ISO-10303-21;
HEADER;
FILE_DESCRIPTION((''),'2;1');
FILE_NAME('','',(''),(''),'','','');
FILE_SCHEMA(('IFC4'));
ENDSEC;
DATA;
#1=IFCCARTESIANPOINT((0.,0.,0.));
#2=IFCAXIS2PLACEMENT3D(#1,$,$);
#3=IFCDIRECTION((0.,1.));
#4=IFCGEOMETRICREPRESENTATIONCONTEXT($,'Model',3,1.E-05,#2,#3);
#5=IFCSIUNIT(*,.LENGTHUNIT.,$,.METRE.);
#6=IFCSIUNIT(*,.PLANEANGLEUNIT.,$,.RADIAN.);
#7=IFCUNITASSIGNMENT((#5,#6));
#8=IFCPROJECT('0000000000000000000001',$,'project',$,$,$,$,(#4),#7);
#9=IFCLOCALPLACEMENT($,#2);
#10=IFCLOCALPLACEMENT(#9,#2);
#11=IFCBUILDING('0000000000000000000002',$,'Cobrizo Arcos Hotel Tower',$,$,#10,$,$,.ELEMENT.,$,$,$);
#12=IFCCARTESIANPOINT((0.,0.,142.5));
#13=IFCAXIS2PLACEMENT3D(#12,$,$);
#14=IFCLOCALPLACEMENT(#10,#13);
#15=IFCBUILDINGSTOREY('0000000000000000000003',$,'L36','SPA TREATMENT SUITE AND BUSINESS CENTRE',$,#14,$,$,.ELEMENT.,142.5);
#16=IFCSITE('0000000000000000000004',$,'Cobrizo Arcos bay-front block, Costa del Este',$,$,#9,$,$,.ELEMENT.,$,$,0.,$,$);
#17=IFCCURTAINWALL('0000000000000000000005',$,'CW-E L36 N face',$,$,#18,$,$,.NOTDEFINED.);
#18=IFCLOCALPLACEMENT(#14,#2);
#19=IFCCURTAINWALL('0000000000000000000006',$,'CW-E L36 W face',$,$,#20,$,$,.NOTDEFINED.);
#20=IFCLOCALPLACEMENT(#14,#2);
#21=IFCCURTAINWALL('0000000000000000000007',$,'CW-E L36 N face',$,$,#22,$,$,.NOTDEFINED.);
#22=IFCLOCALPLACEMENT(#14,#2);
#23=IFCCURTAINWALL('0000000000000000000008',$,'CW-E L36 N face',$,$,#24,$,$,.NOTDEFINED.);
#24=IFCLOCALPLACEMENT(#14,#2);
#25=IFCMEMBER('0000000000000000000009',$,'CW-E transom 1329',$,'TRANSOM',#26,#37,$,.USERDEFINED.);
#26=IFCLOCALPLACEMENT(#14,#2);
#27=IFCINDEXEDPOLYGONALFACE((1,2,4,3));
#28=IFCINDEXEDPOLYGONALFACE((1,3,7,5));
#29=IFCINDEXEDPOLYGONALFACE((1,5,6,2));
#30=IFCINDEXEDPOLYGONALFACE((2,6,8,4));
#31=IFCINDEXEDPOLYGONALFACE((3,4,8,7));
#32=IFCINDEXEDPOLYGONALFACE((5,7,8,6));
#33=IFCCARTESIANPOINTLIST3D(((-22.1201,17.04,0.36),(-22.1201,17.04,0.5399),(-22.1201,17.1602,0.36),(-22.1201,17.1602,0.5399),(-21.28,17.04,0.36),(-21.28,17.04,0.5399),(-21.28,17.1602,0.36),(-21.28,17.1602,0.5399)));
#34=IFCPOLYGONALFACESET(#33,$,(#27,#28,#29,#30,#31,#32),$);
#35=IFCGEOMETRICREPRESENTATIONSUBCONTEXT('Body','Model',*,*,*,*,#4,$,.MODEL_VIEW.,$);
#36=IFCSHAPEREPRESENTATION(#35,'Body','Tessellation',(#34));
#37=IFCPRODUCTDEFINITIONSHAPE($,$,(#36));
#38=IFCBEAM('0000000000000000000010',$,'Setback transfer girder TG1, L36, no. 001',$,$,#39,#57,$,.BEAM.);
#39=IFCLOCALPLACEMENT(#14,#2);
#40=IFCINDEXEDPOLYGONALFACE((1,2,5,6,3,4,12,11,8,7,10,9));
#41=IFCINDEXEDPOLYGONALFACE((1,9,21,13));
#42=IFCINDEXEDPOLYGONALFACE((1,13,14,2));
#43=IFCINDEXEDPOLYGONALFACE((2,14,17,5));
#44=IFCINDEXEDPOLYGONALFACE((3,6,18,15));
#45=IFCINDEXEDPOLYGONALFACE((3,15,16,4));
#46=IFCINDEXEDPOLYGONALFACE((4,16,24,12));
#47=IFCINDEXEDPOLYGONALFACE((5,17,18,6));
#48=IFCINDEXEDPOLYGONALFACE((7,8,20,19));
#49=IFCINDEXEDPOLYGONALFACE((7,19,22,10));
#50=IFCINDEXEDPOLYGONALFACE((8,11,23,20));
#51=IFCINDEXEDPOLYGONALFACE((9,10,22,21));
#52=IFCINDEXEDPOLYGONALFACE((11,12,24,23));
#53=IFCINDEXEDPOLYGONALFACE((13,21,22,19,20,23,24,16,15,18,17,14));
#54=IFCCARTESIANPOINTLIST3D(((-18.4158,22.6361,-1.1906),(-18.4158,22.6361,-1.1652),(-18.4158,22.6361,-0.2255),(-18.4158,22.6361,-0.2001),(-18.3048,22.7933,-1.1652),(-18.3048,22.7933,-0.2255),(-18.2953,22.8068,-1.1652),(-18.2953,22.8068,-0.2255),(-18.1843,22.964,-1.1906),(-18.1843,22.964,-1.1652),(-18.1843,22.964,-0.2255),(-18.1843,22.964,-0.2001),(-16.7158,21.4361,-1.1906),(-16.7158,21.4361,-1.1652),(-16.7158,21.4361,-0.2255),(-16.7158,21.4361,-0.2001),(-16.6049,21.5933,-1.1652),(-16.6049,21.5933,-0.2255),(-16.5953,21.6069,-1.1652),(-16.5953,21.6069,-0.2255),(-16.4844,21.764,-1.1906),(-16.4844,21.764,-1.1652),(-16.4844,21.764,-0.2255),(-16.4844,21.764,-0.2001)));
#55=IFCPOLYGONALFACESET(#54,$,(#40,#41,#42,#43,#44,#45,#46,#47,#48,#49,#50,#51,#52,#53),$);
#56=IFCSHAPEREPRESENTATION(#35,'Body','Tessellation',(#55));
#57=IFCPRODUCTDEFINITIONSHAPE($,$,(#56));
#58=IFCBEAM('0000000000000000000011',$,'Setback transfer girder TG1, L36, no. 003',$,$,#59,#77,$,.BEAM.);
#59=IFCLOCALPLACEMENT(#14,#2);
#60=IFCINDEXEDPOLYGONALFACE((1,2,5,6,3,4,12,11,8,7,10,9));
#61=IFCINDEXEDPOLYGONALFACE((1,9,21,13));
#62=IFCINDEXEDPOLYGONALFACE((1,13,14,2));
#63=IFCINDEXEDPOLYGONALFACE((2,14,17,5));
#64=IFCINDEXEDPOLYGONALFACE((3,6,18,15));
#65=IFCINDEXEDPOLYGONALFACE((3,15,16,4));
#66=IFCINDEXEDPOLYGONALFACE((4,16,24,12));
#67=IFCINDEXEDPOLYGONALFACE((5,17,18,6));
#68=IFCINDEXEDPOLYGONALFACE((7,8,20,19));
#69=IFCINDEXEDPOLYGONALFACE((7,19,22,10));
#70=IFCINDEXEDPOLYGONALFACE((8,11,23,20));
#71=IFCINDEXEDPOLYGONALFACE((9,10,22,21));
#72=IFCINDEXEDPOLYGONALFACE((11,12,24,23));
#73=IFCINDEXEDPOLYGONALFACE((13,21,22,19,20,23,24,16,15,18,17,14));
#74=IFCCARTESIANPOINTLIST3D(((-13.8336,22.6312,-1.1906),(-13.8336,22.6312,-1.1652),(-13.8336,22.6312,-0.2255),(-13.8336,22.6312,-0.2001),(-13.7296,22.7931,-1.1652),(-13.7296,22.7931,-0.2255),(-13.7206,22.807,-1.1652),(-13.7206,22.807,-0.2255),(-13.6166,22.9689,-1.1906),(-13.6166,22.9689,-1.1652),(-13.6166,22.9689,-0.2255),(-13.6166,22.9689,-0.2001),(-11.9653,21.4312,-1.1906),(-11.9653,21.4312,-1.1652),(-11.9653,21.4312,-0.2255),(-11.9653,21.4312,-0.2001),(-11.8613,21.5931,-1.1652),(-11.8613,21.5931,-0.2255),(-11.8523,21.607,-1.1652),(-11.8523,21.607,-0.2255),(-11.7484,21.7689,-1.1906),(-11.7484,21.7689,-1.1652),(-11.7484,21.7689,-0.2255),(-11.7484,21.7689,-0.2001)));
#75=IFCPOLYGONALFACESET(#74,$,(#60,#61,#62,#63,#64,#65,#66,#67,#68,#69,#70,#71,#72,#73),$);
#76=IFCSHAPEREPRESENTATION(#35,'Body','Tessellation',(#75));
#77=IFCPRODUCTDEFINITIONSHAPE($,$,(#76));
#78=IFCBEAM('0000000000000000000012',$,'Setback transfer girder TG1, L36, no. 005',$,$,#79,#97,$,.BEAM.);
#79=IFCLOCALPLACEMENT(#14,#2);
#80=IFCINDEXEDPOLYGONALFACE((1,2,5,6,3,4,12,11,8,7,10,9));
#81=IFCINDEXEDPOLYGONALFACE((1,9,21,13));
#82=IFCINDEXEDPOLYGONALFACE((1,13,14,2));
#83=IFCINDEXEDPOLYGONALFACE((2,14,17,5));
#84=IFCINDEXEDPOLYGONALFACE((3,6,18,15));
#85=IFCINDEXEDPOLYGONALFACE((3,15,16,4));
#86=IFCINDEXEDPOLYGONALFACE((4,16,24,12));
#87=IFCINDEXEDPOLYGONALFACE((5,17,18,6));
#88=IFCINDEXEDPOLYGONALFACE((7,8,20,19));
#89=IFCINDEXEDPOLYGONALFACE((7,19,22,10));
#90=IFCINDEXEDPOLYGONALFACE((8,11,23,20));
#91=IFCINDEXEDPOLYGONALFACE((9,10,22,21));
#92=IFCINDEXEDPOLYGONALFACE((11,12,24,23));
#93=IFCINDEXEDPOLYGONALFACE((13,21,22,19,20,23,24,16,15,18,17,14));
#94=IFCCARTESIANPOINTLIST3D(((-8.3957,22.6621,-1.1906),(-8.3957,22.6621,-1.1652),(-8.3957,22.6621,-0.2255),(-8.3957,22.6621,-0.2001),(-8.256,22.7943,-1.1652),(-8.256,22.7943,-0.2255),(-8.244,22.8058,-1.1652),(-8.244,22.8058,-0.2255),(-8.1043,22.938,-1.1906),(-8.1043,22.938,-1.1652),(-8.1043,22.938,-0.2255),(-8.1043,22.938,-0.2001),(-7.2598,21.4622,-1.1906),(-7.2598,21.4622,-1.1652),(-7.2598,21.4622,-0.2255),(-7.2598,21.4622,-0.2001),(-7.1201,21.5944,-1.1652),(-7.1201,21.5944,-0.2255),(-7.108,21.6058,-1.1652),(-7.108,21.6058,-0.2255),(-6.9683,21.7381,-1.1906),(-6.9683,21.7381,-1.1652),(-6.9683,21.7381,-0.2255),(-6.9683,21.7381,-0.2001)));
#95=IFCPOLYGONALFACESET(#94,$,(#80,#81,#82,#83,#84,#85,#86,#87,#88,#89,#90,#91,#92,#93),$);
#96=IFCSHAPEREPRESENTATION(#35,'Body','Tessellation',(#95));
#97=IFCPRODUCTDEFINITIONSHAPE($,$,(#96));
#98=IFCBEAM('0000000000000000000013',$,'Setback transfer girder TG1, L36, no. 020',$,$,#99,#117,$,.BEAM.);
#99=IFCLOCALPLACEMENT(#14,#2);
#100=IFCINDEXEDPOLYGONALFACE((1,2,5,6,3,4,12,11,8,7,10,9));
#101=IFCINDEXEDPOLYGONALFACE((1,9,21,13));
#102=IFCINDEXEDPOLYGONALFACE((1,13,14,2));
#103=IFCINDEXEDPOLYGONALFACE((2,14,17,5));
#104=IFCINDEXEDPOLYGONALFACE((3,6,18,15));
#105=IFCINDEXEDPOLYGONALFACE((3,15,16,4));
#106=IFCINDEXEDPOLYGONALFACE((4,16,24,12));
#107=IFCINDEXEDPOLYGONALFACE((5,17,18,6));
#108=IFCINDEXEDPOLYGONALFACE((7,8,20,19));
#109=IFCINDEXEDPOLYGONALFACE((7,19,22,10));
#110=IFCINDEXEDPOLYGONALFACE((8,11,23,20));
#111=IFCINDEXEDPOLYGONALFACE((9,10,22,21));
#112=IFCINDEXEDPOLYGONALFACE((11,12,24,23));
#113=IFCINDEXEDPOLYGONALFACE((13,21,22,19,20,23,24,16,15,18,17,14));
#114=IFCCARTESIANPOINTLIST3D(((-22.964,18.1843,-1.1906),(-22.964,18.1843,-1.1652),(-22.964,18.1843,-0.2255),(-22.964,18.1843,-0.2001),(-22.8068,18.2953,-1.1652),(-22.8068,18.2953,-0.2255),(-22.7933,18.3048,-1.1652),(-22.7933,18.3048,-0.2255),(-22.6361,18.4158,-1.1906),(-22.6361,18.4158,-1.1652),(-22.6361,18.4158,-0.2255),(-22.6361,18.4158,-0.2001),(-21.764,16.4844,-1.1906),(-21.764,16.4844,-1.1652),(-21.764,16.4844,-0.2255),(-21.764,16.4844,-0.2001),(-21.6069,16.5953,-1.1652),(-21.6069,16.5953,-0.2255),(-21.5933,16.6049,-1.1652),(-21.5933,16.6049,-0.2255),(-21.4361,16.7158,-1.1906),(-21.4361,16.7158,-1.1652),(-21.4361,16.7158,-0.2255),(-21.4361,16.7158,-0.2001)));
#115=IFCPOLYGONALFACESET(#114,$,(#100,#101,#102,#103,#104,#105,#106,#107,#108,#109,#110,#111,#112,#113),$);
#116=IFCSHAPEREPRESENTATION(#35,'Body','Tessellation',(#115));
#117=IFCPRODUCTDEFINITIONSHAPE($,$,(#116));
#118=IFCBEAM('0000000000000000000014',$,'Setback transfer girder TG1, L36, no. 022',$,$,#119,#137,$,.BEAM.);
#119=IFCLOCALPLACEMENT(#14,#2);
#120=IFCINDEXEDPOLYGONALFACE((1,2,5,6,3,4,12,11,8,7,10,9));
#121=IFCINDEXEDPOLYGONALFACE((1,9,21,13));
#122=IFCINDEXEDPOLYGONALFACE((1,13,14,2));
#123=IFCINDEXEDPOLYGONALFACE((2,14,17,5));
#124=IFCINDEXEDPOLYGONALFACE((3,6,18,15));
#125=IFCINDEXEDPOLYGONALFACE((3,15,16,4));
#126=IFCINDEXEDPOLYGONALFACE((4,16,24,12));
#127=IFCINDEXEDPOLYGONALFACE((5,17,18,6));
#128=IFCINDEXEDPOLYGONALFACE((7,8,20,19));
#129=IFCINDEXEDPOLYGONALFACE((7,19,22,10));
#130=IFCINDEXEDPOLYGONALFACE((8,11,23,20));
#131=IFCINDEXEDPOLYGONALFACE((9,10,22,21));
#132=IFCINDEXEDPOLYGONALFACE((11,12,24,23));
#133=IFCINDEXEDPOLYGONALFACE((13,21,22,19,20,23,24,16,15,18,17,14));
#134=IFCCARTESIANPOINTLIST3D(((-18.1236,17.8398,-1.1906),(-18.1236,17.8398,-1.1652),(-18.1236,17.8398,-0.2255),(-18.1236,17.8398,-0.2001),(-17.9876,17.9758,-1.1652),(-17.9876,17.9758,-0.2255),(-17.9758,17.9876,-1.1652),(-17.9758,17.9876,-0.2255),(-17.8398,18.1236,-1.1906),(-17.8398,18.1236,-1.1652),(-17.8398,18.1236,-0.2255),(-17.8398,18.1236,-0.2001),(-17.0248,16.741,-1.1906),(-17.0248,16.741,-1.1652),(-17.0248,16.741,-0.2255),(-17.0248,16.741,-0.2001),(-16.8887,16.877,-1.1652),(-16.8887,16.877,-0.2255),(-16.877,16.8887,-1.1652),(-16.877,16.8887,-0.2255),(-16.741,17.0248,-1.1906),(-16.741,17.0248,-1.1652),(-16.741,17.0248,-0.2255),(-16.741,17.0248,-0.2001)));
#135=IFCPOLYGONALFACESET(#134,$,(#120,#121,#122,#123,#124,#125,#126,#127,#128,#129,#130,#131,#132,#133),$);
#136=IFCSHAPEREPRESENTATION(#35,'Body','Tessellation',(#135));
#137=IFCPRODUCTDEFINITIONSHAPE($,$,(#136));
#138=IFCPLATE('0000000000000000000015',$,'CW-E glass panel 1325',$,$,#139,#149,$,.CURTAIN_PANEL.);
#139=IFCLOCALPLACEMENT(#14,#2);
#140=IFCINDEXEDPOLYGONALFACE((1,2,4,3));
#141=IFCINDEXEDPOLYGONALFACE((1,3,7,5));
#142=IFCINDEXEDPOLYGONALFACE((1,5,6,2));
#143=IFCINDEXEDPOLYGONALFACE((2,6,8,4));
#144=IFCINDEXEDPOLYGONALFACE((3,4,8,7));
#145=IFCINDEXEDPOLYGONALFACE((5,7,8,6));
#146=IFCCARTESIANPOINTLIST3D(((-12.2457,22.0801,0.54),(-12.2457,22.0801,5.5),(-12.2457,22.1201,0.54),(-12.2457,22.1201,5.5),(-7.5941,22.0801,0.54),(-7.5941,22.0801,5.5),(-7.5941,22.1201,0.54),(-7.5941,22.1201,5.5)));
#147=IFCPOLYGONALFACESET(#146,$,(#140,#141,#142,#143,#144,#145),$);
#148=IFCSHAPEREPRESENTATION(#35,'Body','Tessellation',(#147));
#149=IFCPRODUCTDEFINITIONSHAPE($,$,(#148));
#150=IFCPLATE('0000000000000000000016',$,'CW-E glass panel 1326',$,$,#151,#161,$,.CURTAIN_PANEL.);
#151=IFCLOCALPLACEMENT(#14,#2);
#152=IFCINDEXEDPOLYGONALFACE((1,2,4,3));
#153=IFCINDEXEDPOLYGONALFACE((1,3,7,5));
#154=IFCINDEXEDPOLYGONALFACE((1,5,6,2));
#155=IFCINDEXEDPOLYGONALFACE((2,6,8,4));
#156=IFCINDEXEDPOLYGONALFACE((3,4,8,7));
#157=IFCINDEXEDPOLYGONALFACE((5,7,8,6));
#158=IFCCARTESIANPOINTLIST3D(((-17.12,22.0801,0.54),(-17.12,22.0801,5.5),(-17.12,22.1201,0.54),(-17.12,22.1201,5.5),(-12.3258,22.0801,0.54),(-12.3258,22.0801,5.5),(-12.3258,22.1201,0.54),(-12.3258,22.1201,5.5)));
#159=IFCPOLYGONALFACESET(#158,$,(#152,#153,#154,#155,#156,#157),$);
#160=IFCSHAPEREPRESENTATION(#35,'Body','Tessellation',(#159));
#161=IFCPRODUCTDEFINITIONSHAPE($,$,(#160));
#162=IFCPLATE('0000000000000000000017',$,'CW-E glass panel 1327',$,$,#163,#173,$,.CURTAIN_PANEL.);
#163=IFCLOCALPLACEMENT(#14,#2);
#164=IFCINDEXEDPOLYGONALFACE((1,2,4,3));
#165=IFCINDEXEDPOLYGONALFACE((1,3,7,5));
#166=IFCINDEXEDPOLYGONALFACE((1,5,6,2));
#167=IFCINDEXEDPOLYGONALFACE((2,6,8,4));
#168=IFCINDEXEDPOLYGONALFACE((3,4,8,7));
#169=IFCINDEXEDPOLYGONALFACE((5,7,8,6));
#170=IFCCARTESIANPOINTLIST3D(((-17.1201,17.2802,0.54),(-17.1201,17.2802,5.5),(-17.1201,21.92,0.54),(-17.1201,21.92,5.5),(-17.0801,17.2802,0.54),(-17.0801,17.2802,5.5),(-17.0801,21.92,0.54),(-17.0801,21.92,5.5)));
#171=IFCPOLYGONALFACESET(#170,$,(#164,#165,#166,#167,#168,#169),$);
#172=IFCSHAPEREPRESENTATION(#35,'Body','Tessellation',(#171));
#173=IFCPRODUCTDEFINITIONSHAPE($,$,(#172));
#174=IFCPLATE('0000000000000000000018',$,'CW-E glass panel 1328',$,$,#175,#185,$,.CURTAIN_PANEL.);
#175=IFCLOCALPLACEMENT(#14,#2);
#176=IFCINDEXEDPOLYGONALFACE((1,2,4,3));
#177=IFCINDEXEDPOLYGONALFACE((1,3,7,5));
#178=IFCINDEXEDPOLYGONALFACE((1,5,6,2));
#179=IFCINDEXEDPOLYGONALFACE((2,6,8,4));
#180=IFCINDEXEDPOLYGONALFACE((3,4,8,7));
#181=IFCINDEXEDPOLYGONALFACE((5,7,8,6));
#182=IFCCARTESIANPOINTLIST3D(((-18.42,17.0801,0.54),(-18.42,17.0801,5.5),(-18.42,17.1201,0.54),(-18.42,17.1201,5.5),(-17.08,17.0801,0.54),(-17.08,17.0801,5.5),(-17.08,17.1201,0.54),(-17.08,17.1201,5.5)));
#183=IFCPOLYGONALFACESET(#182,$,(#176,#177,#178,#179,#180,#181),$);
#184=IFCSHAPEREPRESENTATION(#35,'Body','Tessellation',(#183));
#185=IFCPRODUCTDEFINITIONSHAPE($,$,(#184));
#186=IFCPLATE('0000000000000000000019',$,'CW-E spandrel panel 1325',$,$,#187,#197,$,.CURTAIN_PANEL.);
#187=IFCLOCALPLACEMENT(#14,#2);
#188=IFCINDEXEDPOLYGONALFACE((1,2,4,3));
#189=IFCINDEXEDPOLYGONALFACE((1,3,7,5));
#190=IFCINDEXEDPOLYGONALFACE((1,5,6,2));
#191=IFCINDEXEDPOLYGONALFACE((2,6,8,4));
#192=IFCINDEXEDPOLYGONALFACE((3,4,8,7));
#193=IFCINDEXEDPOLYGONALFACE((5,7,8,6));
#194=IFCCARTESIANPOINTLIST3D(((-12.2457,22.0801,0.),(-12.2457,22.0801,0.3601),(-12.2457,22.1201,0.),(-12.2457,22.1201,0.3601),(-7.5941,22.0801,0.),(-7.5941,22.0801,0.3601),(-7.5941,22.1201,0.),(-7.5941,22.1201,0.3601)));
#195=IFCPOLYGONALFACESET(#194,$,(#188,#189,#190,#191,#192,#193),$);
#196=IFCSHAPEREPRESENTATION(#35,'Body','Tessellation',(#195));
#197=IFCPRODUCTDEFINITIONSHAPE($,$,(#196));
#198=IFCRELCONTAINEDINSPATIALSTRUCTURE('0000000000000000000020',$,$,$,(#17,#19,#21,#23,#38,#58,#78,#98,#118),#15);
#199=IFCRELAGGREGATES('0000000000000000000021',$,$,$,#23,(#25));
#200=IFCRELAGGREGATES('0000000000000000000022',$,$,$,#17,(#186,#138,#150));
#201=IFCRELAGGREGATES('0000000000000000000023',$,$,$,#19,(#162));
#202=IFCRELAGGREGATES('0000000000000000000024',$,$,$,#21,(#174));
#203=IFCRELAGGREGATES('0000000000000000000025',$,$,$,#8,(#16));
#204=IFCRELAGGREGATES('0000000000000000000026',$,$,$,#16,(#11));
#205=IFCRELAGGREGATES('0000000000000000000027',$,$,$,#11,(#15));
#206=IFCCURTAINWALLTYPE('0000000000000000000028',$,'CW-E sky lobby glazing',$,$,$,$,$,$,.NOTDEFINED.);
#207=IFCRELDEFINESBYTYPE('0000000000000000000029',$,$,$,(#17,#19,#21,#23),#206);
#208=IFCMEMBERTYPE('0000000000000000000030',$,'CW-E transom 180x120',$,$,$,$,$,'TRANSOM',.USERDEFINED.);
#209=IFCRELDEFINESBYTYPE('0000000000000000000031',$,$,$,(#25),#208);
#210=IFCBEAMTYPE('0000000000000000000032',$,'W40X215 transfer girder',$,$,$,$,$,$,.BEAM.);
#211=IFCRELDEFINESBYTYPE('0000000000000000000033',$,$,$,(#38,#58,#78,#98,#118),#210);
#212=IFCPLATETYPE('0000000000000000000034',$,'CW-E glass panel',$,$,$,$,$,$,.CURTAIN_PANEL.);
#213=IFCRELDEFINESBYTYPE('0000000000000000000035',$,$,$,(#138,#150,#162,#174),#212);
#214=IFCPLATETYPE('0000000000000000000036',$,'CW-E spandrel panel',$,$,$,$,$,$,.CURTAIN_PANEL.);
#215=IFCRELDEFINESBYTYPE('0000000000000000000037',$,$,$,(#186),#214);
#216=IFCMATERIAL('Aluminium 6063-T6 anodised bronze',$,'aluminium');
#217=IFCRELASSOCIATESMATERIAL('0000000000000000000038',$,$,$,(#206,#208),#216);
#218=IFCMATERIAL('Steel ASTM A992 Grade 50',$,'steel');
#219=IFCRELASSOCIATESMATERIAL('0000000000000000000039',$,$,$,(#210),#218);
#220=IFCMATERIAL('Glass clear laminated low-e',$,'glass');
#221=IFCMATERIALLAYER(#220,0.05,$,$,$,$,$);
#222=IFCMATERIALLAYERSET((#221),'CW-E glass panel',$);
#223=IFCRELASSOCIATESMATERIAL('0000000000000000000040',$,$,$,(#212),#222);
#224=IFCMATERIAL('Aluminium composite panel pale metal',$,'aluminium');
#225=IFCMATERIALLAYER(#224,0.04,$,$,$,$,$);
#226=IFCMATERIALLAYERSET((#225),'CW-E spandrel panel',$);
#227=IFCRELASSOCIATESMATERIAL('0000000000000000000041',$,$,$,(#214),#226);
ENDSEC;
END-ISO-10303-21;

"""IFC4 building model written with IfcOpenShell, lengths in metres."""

from ifc_helpers import new_model, si_unit, direction, frame, origin, origin_2d, place, context, subcontext, project, spatial, rectangle, i_section, extrude, material, layer, layer_set, material_profile, profile_set, type_object, element, aggregate, save


model = new_model("IFC4")

# Units and contexts
model_context = context("Model", 3, precision=1e-05, world=origin(), true_north=direction((0.0, 1.0)))
body_context = subcontext(model_context, "Body", "Model", "MODEL_VIEW")
ifc_project = project(units=[si_unit("LENGTHUNIT", "METRE"), si_unit("PLANEANGLEUNIT", "RADIAN")], contexts=[model_context])

# Site, building, storey
site_placement = place(None, origin())
site = spatial("IfcSite", under=ifc_project, at=site_placement, Name="Cobrizo Arcos bay-front block, Costa del Este", CompositionType="ELEMENT", RefElevation=0.0)
building_placement = place(site_placement, origin())
building = spatial("IfcBuilding", under=site, at=building_placement, Name="Cobrizo Arcos Hotel Tower", CompositionType="ELEMENT")
storey_placement = place(building_placement, frame((0.0, 0.0, 142.5)))
storey = spatial("IfcBuildingStorey", under=building, at=storey_placement, Name="L36", Description="SPA TREATMENT SUITE AND BUSINESS CENTRE", CompositionType="ELEMENT", Elevation=142.5)

# Curtain walls
ifc_material_1 = material(Name="Aluminium 6063-T6 anodised bronze", Category="aluminium")
curtain_wall_type = type_object("IfcCurtainWallType", Name="CW-E sky lobby glazing", PredefinedType="NOTDEFINED", material=ifc_material_1)
curtain_wall_1_placement = place(storey_placement, origin())
curtain_wall_1 = element("IfcCurtainWall", 1, at=curtain_wall_1_placement, inside=storey, type_object=curtain_wall_type, Name="CW-E L36 N face", PredefinedType="NOTDEFINED")
curtain_wall_2_placement = place(storey_placement, origin())
curtain_wall_2 = element("IfcCurtainWall", 2, at=curtain_wall_2_placement, inside=storey, type_object=curtain_wall_type, Name="CW-E L36 W face", PredefinedType="NOTDEFINED")
curtain_wall_3_placement = place(storey_placement, origin())
curtain_wall_3 = element("IfcCurtainWall", 3, at=curtain_wall_3_placement, inside=storey, type_object=curtain_wall_type, Name="CW-E L36 N face", PredefinedType="NOTDEFINED")

# Curtain wall
curtain_wall_4_placement = place(storey_placement, origin())
curtain_wall_4 = element("IfcCurtainWall", 4, at=curtain_wall_4_placement, inside=storey, type_object=curtain_wall_type, Name="CW-E L36 N face", PredefinedType="NOTDEFINED")

# Member
ifc_material_profile_1 = material_profile(ifc_material_1, rectangle(XDim=0.1201, YDim=0.1799, at=origin_2d()), Name="CW-E transom 180x120")
ifc_profile_set_1 = profile_set([ifc_material_profile_1], Name="Aluminium 6063-T6 anodised bronze")
member_type_1 = type_object("IfcMemberType", Name="CW-E transom 180x120", ElementType="TRANSOM", PredefinedType="USERDEFINED", material=ifc_profile_set_1)
member_1_placement = place(storey_placement, frame((-21.28, 17.1001, 0.45), z_axis=(-1.0, 0.0, 0.0), x_axis=(0.0, -1.0, 0.0)))
member_1 = element("IfcMember", 5, at=member_1_placement, type_object=member_type_1, Name="CW-E transom 1329", ObjectType="TRANSOM", PredefinedType="USERDEFINED", context=body_context, shape_type="SweptSolid", body=[
    extrude(rectangle(XDim=0.1201, YDim=0.1799, at=origin_2d()), origin(), (0.0, 0.0, 1.0), 0.8401),
])
aggregate(curtain_wall_4, [member_1])

# Beams
ifc_material_2 = material(Name="Steel ASTM A992 Grade 50", Category="steel")
ifc_material_profile_2 = material_profile(ifc_material_2, i_section(OverallWidth=0.4014, OverallDepth=0.9905, WebThickness=0.0166, FlangeThickness=0.0254, at=origin_2d()), Name="W40X215")
ifc_profile_set_2 = profile_set([ifc_material_profile_2], Name="Steel ASTM A992 Grade 50")
beam_type = type_object("IfcBeamType", Name="W40X215 transfer girder", PredefinedType="BEAM", material=ifc_profile_set_2)
beam_1_placement = place(storey_placement, frame((-18.3, 22.8, -0.6953), z_axis=(0.816971, -0.576679, 0.0), x_axis=(0.576679, 0.816971, 0.0)))
element("IfcBeam", 6, at=beam_1_placement, inside=storey, type_object=beam_type, Name="Setback transfer girder TG1, L36, no. 001", PredefinedType="BEAM", context=body_context, shape_type="SweptSolid", body=[
    extrude(i_section(OverallWidth=0.4014, OverallDepth=0.9905, WebThickness=0.0166, FlangeThickness=0.0254, at=origin_2d()), origin(), (0.0, 0.0, 1.0), 2.0808),
])
beam_2_placement = place(storey_placement, frame((-13.7251, 22.8, -0.6953), z_axis=(0.841386, -0.540435, 0.0), x_axis=(0.540435, 0.841386, 0.0)))
element("IfcBeam", 7, at=beam_2_placement, inside=storey, type_object=beam_type, Name="Setback transfer girder TG1, L36, no. 003", PredefinedType="BEAM", context=body_context, shape_type="SweptSolid", body=[
    extrude(i_section(OverallWidth=0.4014, OverallDepth=0.9905, WebThickness=0.0166, FlangeThickness=0.0254, at=origin_2d()), origin(), (0.0, 0.0, 1.0), 2.2205),
])
beam_3_placement = place(storey_placement, frame((-8.25, 22.8, -0.6953), z_axis=(0.687486, -0.726197, 0.0), x_axis=(0.726197, 0.687486, 0.0)))
element("IfcBeam", 8, at=beam_3_placement, inside=storey, type_object=beam_type, Name="Setback transfer girder TG1, L36, no. 005", PredefinedType="BEAM", context=body_context, shape_type="SweptSolid", body=[
    extrude(i_section(OverallWidth=0.4014, OverallDepth=0.9905, WebThickness=0.0166, FlangeThickness=0.0254, at=origin_2d()), origin(), (0.0, 0.0, 1.0), 1.6523),
])
beam_4_placement = place(storey_placement, frame((-22.8, 18.3, -0.6953), z_axis=(0.576679, -0.816971, 0.0), x_axis=(0.816971, 0.576679, 0.0)))
element("IfcBeam", 9, at=beam_4_placement, inside=storey, type_object=beam_type, Name="Setback transfer girder TG1, L36, no. 020", PredefinedType="BEAM", context=body_context, shape_type="SweptSolid", body=[
    extrude(i_section(OverallWidth=0.4014, OverallDepth=0.9905, WebThickness=0.0166, FlangeThickness=0.0254, at=origin_2d()), origin(), (0.0, 0.0, 1.0), 2.0808),
])
beam_5_placement = place(storey_placement, frame((-17.9817, 17.9817, -0.6953), z_axis=(0.707107, -0.707107, 0.0), x_axis=(0.707107, 0.707107, 0.0)))
element("IfcBeam", 10, at=beam_5_placement, inside=storey, type_object=beam_type, Name="Setback transfer girder TG1, L36, no. 022", PredefinedType="BEAM", context=body_context, shape_type="SweptSolid", body=[
    extrude(i_section(OverallWidth=0.4014, OverallDepth=0.9905, WebThickness=0.0166, FlangeThickness=0.0254, at=origin_2d()), origin(), (0.0, 0.0, 1.0), 1.554),
])

# Plates
ifc_material_3 = material(Name="Glass clear laminated low-e", Category="glass")
ifc_layer_1 = layer(ifc_material_3, 0.05)
ifc_layer_set_1 = layer_set([ifc_layer_1], Name="CW-E glass panel")
plate_type_1 = type_object("IfcPlateType", Name="CW-E glass panel", PredefinedType="CURTAIN_PANEL", material=ifc_layer_set_1)
plate_1_placement = place(storey_placement, frame((-9.9199, 22.1001, 0.54), z_axis=(0.0, 0.0, 1.0), x_axis=(-1.0, 0.0, 0.0)))
plate_1 = element("IfcPlate", 11, at=plate_1_placement, type_object=plate_type_1, Name="CW-E glass panel 1325", PredefinedType="CURTAIN_PANEL", context=body_context, shape_type="SweptSolid", body=[
    extrude(rectangle(XDim=4.6516, YDim=0.04, at=origin_2d()), origin(), (0.0, 0.0, 1.0), 4.96),
])
plate_2_placement = place(storey_placement, frame((-14.7229, 22.1001, 0.54), z_axis=(0.0, 0.0, 1.0), x_axis=(-1.0, 0.0, 0.0)))
plate_2 = element("IfcPlate", 12, at=plate_2_placement, type_object=plate_type_1, Name="CW-E glass panel 1326", PredefinedType="CURTAIN_PANEL", context=body_context, shape_type="SweptSolid", body=[
    extrude(rectangle(XDim=4.7942, YDim=0.04, at=origin_2d()), origin(), (0.0, 0.0, 1.0), 4.96),
])
plate_3_placement = place(storey_placement, frame((-17.1001, 19.6001, 0.54), z_axis=(0.0, 0.0, 1.0), x_axis=(0.0, -1.0, 0.0)))
plate_3 = element("IfcPlate", 13, at=plate_3_placement, type_object=plate_type_1, Name="CW-E glass panel 1327", PredefinedType="CURTAIN_PANEL", context=body_context, shape_type="SweptSolid", body=[
    extrude(rectangle(XDim=4.6399, YDim=0.04, at=origin_2d()), origin(), (0.0, 0.0, 1.0), 4.96),
])
plate_4_placement = place(storey_placement, frame((-17.75, 17.1001, 0.54), z_axis=(0.0, 0.0, 1.0), x_axis=(-1.0, 0.0, 0.0)))
plate_4 = element("IfcPlate", 14, at=plate_4_placement, type_object=plate_type_1, Name="CW-E glass panel 1328", PredefinedType="CURTAIN_PANEL", context=body_context, shape_type="SweptSolid", body=[
    extrude(rectangle(XDim=1.3401, YDim=0.04, at=origin_2d()), origin(), (0.0, 0.0, 1.0), 4.96),
])
ifc_material_4 = material(Name="Aluminium composite panel pale metal", Category="aluminium")
ifc_layer_2 = layer(ifc_material_4, 0.04)
ifc_layer_set_2 = layer_set([ifc_layer_2], Name="CW-E spandrel panel")
plate_type_2 = type_object("IfcPlateType", Name="CW-E spandrel panel", PredefinedType="CURTAIN_PANEL", material=ifc_layer_set_2)
plate_5_placement = place(storey_placement, frame((-9.9199, 22.1001, 0.0), z_axis=(0.0, 0.0, 1.0), x_axis=(-1.0, 0.0, 0.0)))
plate_5 = element("IfcPlate", 15, at=plate_5_placement, type_object=plate_type_2, Name="CW-E spandrel panel 1325", PredefinedType="CURTAIN_PANEL", context=body_context, shape_type="SweptSolid", body=[
    extrude(rectangle(XDim=4.6516, YDim=0.04, at=origin_2d()), origin(), (0.0, 0.0, 1.0), 0.3601),
])
aggregate(curtain_wall_1, [plate_5, plate_1, plate_2])
aggregate(curtain_wall_2, [plate_3])
aggregate(curtain_wall_3, [plate_4])

save(model, "model.ifc")
